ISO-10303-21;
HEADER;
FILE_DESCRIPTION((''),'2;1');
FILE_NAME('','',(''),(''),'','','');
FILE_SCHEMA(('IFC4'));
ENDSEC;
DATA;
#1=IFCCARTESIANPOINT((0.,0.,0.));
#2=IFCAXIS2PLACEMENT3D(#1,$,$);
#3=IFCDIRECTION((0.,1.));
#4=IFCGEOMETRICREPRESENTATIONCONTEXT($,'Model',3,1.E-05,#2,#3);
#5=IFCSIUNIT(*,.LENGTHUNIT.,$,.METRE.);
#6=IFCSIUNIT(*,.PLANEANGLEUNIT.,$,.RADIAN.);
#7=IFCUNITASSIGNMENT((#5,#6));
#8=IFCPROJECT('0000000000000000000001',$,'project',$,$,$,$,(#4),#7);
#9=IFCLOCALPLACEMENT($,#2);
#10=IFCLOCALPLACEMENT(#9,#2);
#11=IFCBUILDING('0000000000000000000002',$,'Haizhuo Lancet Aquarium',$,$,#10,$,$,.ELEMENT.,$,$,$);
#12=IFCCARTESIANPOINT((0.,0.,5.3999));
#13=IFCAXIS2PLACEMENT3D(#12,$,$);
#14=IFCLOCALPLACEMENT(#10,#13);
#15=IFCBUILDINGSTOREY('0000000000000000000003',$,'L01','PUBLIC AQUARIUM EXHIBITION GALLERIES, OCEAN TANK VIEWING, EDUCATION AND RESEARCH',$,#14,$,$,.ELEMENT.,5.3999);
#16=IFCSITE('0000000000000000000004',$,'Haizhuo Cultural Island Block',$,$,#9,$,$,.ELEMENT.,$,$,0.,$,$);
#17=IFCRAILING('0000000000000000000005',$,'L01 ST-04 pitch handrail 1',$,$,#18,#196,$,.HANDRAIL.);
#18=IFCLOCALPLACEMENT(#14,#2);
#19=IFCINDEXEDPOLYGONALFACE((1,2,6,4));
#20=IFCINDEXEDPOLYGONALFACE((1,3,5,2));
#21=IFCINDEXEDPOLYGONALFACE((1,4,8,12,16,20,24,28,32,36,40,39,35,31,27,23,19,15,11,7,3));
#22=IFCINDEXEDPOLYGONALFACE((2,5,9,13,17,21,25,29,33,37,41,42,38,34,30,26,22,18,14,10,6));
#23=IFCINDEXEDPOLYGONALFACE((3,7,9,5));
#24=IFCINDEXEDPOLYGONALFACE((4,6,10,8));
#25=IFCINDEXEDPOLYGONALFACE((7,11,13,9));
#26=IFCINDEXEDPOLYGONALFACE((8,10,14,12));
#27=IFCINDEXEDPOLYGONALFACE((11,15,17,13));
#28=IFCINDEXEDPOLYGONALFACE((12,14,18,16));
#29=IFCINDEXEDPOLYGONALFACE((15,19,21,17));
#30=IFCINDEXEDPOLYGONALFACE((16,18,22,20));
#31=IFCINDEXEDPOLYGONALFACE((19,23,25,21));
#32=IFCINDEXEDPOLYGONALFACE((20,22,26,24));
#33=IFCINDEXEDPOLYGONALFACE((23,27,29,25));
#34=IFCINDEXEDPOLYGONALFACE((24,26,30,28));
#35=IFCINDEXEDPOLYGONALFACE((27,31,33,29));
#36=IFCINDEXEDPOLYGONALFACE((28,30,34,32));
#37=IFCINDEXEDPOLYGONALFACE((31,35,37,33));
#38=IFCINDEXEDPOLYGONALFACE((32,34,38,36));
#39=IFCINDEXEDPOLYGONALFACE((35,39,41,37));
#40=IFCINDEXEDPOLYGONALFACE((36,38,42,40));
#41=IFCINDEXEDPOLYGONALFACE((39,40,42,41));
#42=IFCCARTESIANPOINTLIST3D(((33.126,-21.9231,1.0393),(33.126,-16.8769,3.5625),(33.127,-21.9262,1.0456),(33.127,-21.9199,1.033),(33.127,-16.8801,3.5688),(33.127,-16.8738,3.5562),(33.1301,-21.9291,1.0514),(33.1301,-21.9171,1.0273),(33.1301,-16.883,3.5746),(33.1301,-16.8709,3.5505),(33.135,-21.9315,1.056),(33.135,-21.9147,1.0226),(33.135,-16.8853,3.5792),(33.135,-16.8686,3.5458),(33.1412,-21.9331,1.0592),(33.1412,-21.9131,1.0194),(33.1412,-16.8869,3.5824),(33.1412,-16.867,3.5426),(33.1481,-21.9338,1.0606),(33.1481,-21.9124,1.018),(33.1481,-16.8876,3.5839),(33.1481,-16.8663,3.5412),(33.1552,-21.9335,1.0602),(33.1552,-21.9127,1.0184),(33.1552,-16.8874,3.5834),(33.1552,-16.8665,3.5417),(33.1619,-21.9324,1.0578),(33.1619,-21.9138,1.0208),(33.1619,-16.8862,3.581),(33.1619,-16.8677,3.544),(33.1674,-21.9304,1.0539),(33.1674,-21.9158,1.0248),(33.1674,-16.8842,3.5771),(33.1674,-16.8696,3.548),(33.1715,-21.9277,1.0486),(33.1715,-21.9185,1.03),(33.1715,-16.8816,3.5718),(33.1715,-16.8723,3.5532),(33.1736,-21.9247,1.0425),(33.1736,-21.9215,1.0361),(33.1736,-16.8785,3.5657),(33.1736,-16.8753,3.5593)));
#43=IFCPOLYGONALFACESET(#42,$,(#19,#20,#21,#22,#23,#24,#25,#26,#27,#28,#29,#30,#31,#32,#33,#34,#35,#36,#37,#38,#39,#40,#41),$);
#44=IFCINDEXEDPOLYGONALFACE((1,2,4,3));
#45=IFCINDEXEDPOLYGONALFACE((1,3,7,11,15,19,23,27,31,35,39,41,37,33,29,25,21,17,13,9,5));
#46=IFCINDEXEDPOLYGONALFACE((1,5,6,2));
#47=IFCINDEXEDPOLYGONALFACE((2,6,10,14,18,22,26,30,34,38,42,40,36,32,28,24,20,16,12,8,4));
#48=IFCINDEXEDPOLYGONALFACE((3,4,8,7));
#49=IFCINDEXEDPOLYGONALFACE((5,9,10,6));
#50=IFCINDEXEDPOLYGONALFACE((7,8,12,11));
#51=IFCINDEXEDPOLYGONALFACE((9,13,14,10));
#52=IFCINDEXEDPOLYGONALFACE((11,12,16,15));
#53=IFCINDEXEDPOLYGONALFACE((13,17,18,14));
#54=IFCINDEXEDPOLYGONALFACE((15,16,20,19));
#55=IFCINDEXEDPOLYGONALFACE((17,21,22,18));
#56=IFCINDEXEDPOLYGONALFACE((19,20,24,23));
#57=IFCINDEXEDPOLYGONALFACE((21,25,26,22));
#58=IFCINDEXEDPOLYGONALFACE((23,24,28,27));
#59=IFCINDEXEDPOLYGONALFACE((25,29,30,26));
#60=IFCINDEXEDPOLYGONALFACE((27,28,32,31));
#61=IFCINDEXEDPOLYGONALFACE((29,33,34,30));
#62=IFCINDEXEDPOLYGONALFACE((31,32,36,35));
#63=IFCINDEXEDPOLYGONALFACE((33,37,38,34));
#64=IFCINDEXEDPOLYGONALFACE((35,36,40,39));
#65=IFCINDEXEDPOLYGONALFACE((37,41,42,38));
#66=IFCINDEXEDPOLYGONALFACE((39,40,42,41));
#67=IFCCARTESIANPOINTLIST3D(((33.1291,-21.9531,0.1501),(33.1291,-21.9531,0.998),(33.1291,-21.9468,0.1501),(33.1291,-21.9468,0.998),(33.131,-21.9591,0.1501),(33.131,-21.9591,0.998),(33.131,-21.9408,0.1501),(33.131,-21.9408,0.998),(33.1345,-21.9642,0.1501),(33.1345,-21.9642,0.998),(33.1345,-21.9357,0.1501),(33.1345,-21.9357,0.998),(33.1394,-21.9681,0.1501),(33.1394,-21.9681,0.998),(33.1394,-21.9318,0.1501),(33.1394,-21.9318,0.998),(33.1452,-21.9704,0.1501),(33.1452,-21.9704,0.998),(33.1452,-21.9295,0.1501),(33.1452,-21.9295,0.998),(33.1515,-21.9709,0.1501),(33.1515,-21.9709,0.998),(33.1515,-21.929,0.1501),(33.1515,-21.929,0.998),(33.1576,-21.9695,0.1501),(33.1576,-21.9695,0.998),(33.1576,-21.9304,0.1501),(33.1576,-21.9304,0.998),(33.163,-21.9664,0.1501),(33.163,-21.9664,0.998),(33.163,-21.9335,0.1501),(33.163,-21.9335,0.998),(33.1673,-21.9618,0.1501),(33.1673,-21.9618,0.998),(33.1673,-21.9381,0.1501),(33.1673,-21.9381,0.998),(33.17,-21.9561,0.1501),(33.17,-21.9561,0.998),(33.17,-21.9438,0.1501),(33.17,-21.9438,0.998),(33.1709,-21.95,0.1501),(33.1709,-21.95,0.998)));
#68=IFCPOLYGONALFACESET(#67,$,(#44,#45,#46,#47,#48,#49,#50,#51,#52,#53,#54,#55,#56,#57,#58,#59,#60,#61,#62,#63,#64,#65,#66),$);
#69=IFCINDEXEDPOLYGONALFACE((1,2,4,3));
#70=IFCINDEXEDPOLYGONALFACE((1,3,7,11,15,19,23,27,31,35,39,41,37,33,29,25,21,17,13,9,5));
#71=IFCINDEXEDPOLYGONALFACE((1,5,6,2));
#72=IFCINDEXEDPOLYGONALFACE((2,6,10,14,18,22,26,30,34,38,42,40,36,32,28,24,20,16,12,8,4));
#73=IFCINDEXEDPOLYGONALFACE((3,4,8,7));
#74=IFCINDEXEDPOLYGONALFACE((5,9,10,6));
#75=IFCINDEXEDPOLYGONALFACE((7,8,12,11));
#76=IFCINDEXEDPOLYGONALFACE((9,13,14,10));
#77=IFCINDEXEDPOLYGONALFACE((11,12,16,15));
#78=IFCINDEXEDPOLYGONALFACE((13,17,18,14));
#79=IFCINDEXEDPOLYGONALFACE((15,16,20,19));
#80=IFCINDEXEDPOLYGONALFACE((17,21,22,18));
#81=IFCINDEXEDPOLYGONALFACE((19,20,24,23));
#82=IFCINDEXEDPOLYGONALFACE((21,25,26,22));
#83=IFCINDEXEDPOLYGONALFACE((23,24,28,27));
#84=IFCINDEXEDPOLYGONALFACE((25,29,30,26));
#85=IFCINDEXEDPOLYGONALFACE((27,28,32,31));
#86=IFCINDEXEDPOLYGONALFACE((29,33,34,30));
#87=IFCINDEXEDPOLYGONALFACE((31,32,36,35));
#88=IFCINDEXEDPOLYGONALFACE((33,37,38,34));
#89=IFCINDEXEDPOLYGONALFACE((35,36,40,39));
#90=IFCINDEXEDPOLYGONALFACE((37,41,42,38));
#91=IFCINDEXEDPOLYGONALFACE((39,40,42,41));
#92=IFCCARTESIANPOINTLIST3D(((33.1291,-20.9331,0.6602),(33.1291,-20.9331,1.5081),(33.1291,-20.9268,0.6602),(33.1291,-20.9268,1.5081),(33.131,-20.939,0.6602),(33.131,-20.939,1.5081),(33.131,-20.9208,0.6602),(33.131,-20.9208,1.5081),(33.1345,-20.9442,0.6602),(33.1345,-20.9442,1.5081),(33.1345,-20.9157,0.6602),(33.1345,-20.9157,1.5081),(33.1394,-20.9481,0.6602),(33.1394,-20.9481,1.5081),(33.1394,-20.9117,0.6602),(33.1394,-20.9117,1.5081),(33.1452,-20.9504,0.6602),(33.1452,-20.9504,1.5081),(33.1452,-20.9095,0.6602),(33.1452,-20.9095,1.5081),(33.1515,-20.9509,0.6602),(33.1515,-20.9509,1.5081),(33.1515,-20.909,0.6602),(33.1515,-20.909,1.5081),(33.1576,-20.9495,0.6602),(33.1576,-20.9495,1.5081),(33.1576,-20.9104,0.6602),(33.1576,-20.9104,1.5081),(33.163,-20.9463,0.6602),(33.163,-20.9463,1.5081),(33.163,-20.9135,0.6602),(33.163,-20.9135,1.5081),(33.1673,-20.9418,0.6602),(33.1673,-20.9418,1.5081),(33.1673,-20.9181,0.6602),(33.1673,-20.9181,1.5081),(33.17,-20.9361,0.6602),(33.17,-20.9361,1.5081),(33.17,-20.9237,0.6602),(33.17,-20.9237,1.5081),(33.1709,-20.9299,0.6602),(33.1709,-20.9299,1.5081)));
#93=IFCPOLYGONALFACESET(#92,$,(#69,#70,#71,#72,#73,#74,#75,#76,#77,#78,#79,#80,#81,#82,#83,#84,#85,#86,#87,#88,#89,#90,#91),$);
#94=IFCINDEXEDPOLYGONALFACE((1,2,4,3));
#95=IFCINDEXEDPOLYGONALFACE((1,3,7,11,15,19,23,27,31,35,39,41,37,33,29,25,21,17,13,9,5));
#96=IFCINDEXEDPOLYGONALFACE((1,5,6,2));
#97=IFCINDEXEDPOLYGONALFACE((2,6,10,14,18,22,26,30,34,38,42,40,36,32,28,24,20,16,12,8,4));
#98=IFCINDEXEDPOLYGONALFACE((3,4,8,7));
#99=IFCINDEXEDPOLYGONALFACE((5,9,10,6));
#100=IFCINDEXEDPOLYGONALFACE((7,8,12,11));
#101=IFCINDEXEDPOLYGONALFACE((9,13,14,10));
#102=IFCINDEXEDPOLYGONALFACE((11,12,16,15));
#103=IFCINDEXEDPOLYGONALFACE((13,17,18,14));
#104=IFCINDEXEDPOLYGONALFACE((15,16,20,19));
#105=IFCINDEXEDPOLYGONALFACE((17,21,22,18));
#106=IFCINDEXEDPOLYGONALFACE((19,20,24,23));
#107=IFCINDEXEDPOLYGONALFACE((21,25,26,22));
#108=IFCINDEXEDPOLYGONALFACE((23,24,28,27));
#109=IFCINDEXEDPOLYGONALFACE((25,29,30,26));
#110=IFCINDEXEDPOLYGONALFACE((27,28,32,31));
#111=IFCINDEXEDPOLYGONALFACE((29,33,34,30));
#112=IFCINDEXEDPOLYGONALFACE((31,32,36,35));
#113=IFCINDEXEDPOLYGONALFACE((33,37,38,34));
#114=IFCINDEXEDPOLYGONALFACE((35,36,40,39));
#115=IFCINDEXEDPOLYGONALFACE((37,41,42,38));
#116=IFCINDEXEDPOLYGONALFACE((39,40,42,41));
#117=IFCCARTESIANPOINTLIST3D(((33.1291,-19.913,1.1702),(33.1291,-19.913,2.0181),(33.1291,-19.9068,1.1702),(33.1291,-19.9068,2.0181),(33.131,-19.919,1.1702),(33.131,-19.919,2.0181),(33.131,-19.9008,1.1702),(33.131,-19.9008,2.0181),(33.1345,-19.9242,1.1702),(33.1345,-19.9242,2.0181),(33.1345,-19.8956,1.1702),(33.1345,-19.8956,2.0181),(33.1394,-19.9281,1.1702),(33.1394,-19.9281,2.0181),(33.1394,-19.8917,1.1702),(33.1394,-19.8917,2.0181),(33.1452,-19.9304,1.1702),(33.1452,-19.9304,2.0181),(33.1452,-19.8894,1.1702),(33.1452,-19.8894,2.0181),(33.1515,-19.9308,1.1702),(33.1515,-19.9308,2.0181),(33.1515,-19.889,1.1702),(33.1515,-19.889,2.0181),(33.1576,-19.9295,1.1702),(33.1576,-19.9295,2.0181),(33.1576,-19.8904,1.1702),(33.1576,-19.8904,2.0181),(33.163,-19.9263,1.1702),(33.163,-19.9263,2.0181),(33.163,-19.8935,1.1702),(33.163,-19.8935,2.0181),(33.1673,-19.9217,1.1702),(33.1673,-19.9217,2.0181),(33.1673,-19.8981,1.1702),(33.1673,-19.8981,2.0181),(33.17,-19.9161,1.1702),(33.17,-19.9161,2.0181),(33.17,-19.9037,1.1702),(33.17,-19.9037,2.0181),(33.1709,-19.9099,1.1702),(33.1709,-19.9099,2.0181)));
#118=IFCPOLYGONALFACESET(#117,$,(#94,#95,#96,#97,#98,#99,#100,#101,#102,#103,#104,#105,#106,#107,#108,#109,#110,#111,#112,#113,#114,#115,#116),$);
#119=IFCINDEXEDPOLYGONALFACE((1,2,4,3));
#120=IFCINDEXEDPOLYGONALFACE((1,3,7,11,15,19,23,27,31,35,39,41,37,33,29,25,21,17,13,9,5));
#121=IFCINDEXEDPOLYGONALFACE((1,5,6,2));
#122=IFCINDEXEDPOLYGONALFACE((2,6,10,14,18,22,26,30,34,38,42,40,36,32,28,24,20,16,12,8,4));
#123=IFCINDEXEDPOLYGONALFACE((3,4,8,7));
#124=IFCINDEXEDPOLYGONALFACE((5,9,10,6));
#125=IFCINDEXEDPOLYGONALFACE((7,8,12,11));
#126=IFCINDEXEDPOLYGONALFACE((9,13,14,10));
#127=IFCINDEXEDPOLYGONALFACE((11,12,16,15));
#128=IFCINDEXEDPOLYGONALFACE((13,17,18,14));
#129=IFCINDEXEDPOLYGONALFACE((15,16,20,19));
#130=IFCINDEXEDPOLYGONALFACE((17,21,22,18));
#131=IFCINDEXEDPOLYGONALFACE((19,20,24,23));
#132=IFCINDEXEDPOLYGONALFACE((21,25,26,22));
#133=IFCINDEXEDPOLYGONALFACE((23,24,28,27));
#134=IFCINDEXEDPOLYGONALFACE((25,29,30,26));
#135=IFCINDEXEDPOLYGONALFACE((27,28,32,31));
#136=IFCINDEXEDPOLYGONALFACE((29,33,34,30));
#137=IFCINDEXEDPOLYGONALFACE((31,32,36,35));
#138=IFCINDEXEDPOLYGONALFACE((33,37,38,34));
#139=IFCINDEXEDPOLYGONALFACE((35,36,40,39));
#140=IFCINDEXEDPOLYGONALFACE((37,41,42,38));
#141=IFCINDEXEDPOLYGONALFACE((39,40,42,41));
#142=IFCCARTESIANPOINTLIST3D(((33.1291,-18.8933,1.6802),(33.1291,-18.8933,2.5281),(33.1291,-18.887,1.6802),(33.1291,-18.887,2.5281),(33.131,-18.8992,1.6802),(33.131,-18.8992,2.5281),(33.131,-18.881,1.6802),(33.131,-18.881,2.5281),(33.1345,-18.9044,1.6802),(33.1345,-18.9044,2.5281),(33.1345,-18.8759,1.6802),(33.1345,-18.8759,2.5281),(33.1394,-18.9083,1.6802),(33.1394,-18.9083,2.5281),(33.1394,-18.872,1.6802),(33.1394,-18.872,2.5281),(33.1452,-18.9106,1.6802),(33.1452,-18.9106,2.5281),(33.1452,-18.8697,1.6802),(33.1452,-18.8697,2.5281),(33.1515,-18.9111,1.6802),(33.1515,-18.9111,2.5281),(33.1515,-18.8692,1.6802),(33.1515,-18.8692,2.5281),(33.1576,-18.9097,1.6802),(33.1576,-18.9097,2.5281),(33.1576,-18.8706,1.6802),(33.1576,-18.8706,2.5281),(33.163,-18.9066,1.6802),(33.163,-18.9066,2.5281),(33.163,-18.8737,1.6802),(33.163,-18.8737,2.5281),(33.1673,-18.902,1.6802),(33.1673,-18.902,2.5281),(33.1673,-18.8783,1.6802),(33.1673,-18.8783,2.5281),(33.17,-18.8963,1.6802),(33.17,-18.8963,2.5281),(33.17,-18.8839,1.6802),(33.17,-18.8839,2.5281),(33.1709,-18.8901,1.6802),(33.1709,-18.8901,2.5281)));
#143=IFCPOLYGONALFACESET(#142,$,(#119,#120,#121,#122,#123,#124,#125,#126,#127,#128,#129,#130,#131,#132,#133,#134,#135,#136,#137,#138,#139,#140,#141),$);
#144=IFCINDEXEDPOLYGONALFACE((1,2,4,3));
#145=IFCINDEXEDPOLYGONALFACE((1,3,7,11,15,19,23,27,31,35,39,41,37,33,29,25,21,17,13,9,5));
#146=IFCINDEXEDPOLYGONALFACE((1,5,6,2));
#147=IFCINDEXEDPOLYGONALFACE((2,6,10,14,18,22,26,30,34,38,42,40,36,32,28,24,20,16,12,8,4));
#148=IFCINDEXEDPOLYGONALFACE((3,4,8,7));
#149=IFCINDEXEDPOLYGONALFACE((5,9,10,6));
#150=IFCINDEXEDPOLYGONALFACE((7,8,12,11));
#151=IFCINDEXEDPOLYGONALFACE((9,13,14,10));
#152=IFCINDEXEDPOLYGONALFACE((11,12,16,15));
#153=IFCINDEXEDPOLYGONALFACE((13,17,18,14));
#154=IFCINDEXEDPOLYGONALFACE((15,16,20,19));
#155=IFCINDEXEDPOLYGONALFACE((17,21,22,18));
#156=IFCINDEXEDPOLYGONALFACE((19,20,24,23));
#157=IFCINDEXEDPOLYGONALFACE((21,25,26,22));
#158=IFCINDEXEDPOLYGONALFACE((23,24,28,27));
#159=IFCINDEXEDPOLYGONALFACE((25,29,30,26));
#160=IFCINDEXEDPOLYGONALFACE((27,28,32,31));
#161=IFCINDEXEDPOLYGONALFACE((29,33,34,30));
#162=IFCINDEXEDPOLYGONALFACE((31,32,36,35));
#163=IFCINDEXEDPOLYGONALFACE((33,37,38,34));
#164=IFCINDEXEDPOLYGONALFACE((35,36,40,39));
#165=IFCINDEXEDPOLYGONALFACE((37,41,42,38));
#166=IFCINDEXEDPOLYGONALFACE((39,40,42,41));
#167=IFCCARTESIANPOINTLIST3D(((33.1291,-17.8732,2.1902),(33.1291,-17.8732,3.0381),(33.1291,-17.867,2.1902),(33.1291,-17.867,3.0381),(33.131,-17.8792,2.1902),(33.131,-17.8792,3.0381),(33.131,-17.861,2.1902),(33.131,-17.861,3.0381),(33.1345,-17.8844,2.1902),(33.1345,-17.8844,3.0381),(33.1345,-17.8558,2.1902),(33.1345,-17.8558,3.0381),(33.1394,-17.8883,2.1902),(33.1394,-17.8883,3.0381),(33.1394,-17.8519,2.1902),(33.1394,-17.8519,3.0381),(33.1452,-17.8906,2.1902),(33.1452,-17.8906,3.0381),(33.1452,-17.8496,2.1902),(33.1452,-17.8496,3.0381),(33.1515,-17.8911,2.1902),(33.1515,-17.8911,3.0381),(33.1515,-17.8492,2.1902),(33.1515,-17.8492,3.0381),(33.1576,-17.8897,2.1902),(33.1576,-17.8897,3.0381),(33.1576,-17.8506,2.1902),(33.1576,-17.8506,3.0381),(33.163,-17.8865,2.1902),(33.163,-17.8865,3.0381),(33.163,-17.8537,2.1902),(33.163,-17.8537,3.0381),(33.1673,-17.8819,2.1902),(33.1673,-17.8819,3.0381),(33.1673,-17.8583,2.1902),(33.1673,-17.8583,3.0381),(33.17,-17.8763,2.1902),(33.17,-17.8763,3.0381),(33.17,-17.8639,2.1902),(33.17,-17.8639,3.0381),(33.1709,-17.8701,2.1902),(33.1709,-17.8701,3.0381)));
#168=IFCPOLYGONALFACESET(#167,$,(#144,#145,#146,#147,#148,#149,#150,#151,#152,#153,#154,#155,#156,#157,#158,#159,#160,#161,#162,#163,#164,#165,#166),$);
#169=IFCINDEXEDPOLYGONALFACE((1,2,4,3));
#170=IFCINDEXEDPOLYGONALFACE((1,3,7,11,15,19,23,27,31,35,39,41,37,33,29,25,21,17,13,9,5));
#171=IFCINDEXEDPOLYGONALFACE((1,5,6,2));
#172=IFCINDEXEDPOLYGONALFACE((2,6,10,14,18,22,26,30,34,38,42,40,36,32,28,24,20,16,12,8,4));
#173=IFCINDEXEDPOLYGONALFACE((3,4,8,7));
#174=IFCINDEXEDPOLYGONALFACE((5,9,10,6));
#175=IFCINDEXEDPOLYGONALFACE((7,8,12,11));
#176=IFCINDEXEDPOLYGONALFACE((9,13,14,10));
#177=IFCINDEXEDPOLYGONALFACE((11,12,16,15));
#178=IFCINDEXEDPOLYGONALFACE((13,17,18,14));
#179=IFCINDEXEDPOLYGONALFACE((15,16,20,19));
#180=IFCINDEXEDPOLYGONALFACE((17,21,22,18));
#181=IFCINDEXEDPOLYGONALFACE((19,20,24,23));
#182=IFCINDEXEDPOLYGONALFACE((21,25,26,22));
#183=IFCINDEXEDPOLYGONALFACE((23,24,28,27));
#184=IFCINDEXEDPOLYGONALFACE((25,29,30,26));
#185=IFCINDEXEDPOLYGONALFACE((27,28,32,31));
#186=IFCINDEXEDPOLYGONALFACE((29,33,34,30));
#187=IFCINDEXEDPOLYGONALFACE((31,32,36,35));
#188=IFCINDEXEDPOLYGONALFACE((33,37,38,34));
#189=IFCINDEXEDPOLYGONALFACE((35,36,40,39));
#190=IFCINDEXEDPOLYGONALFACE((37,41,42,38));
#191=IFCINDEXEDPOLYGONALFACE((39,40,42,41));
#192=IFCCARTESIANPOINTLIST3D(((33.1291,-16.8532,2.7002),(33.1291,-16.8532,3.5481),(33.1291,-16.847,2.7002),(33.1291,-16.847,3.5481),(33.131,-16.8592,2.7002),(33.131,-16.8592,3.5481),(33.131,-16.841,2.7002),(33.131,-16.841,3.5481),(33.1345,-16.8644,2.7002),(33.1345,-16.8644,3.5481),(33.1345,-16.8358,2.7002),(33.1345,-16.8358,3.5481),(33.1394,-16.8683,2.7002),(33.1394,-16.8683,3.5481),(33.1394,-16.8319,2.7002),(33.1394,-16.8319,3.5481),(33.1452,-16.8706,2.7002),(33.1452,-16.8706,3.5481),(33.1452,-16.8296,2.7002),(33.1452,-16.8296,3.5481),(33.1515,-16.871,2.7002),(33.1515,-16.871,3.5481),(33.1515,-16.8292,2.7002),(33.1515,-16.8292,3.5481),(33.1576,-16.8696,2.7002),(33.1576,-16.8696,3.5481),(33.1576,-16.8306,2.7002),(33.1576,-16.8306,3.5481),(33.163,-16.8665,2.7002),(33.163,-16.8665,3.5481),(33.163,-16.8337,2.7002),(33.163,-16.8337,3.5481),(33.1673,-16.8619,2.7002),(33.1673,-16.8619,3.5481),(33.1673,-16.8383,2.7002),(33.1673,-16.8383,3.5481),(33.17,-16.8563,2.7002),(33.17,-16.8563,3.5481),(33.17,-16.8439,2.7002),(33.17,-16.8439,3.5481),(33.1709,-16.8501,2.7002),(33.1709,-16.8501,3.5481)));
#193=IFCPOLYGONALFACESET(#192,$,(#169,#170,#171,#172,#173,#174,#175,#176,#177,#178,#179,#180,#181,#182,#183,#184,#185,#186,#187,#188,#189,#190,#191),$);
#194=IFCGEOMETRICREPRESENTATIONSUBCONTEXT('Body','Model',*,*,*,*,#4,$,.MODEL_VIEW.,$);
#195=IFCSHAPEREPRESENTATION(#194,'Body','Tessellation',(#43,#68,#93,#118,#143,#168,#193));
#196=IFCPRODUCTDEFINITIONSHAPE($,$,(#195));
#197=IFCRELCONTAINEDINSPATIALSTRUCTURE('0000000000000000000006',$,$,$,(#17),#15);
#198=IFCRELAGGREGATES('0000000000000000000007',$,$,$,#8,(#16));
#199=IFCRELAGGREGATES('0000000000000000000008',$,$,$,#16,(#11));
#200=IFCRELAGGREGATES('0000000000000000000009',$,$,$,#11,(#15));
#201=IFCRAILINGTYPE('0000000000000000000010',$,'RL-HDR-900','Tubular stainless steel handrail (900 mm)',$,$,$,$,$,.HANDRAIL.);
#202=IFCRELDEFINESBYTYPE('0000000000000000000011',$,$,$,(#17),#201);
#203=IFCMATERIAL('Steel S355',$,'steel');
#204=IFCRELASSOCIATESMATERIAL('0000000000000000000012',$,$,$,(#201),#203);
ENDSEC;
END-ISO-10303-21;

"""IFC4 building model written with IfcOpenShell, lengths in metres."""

from ifc_helpers import new_model, si_unit, direction, frame, origin, origin_2d, place, context, subcontext, project, spatial, circle, extrude, material, type_object, element, save


model = new_model("IFC4")

# Units and contexts
model_context = context("Model", 3, precision=1e-05, world=origin(), true_north=direction((0.0, 1.0)))
body_context = subcontext(model_context, "Body", "Model", "MODEL_VIEW")
ifc_project = project(units=[si_unit("LENGTHUNIT", "METRE"), si_unit("PLANEANGLEUNIT", "RADIAN")], contexts=[model_context])

# Site, building, storey
site_placement = place(None, origin())
site = spatial("IfcSite", under=ifc_project, at=site_placement, Name="Haizhuo Cultural Island Block", CompositionType="ELEMENT", RefElevation=0.0)
building_placement = place(site_placement, origin())
building = spatial("IfcBuilding", under=site, at=building_placement, Name="Haizhuo Lancet Aquarium", CompositionType="ELEMENT")
storey_placement = place(building_placement, frame((0.0, 0.0, 5.3999)))
storey = spatial("IfcBuildingStorey", under=building, at=storey_placement, Name="L01", Description="PUBLIC AQUARIUM EXHIBITION GALLERIES, OCEAN TANK VIEWING, EDUCATION AND RESEARCH", CompositionType="ELEMENT", Elevation=5.3999)

# Shared definitions
ifc_material_1 = material(Name="Steel S355", Category="steel")

# Railing
railing_type_1 = type_object("IfcRailingType", Name="RL-HDR-900", Description="Tubular stainless steel handrail (900 mm)", PredefinedType="HANDRAIL", material=ifc_material_1)
railing_1_placement = place(storey_placement, frame((33.1499, -21.95, 0.1501)))
element("IfcRailing", 1, at=railing_1_placement, inside=storey, type_object=railing_type_1, Name="L01 ST-04 pitch handrail 1", PredefinedType="HANDRAIL", context=body_context, shape_type="SweptSolid", body=[
    extrude(circle(Radius=0.0239, at=origin_2d()), frame((0.0, 0.0269, 0.8892), z_axis=(0.0, 0.894419, 0.447231), x_axis=(-1.0, 0.0, 0.0)), (0.0, 0.0, 1.0), 5.6418),
    extrude(circle(Radius=0.021, at=origin_2d()), origin(), (0.0, 0.0, 1.0), 0.8479),
    extrude(circle(Radius=0.021, at=origin_2d()), frame((0.0, 1.02, 0.51)), (0.0, 0.0, 1.0), 0.8479),
    extrude(circle(Radius=0.021, at=origin_2d()), frame((0.0, 2.04, 1.02)), (0.0, 0.0, 1.0), 0.8479),
    extrude(circle(Radius=0.021, at=origin_2d()), frame((0.0, 3.0598, 1.53)), (0.0, 0.0, 1.0), 0.8479),
    extrude(circle(Radius=0.021, at=origin_2d()), frame((0.0, 4.0798, 2.04)), (0.0, 0.0, 1.0), 0.8479),
    extrude(circle(Radius=0.021, at=origin_2d()), frame((0.0, 5.0999, 2.55)), (0.0, 0.0, 1.0), 0.8479),
])

save(model, "model.ifc")
